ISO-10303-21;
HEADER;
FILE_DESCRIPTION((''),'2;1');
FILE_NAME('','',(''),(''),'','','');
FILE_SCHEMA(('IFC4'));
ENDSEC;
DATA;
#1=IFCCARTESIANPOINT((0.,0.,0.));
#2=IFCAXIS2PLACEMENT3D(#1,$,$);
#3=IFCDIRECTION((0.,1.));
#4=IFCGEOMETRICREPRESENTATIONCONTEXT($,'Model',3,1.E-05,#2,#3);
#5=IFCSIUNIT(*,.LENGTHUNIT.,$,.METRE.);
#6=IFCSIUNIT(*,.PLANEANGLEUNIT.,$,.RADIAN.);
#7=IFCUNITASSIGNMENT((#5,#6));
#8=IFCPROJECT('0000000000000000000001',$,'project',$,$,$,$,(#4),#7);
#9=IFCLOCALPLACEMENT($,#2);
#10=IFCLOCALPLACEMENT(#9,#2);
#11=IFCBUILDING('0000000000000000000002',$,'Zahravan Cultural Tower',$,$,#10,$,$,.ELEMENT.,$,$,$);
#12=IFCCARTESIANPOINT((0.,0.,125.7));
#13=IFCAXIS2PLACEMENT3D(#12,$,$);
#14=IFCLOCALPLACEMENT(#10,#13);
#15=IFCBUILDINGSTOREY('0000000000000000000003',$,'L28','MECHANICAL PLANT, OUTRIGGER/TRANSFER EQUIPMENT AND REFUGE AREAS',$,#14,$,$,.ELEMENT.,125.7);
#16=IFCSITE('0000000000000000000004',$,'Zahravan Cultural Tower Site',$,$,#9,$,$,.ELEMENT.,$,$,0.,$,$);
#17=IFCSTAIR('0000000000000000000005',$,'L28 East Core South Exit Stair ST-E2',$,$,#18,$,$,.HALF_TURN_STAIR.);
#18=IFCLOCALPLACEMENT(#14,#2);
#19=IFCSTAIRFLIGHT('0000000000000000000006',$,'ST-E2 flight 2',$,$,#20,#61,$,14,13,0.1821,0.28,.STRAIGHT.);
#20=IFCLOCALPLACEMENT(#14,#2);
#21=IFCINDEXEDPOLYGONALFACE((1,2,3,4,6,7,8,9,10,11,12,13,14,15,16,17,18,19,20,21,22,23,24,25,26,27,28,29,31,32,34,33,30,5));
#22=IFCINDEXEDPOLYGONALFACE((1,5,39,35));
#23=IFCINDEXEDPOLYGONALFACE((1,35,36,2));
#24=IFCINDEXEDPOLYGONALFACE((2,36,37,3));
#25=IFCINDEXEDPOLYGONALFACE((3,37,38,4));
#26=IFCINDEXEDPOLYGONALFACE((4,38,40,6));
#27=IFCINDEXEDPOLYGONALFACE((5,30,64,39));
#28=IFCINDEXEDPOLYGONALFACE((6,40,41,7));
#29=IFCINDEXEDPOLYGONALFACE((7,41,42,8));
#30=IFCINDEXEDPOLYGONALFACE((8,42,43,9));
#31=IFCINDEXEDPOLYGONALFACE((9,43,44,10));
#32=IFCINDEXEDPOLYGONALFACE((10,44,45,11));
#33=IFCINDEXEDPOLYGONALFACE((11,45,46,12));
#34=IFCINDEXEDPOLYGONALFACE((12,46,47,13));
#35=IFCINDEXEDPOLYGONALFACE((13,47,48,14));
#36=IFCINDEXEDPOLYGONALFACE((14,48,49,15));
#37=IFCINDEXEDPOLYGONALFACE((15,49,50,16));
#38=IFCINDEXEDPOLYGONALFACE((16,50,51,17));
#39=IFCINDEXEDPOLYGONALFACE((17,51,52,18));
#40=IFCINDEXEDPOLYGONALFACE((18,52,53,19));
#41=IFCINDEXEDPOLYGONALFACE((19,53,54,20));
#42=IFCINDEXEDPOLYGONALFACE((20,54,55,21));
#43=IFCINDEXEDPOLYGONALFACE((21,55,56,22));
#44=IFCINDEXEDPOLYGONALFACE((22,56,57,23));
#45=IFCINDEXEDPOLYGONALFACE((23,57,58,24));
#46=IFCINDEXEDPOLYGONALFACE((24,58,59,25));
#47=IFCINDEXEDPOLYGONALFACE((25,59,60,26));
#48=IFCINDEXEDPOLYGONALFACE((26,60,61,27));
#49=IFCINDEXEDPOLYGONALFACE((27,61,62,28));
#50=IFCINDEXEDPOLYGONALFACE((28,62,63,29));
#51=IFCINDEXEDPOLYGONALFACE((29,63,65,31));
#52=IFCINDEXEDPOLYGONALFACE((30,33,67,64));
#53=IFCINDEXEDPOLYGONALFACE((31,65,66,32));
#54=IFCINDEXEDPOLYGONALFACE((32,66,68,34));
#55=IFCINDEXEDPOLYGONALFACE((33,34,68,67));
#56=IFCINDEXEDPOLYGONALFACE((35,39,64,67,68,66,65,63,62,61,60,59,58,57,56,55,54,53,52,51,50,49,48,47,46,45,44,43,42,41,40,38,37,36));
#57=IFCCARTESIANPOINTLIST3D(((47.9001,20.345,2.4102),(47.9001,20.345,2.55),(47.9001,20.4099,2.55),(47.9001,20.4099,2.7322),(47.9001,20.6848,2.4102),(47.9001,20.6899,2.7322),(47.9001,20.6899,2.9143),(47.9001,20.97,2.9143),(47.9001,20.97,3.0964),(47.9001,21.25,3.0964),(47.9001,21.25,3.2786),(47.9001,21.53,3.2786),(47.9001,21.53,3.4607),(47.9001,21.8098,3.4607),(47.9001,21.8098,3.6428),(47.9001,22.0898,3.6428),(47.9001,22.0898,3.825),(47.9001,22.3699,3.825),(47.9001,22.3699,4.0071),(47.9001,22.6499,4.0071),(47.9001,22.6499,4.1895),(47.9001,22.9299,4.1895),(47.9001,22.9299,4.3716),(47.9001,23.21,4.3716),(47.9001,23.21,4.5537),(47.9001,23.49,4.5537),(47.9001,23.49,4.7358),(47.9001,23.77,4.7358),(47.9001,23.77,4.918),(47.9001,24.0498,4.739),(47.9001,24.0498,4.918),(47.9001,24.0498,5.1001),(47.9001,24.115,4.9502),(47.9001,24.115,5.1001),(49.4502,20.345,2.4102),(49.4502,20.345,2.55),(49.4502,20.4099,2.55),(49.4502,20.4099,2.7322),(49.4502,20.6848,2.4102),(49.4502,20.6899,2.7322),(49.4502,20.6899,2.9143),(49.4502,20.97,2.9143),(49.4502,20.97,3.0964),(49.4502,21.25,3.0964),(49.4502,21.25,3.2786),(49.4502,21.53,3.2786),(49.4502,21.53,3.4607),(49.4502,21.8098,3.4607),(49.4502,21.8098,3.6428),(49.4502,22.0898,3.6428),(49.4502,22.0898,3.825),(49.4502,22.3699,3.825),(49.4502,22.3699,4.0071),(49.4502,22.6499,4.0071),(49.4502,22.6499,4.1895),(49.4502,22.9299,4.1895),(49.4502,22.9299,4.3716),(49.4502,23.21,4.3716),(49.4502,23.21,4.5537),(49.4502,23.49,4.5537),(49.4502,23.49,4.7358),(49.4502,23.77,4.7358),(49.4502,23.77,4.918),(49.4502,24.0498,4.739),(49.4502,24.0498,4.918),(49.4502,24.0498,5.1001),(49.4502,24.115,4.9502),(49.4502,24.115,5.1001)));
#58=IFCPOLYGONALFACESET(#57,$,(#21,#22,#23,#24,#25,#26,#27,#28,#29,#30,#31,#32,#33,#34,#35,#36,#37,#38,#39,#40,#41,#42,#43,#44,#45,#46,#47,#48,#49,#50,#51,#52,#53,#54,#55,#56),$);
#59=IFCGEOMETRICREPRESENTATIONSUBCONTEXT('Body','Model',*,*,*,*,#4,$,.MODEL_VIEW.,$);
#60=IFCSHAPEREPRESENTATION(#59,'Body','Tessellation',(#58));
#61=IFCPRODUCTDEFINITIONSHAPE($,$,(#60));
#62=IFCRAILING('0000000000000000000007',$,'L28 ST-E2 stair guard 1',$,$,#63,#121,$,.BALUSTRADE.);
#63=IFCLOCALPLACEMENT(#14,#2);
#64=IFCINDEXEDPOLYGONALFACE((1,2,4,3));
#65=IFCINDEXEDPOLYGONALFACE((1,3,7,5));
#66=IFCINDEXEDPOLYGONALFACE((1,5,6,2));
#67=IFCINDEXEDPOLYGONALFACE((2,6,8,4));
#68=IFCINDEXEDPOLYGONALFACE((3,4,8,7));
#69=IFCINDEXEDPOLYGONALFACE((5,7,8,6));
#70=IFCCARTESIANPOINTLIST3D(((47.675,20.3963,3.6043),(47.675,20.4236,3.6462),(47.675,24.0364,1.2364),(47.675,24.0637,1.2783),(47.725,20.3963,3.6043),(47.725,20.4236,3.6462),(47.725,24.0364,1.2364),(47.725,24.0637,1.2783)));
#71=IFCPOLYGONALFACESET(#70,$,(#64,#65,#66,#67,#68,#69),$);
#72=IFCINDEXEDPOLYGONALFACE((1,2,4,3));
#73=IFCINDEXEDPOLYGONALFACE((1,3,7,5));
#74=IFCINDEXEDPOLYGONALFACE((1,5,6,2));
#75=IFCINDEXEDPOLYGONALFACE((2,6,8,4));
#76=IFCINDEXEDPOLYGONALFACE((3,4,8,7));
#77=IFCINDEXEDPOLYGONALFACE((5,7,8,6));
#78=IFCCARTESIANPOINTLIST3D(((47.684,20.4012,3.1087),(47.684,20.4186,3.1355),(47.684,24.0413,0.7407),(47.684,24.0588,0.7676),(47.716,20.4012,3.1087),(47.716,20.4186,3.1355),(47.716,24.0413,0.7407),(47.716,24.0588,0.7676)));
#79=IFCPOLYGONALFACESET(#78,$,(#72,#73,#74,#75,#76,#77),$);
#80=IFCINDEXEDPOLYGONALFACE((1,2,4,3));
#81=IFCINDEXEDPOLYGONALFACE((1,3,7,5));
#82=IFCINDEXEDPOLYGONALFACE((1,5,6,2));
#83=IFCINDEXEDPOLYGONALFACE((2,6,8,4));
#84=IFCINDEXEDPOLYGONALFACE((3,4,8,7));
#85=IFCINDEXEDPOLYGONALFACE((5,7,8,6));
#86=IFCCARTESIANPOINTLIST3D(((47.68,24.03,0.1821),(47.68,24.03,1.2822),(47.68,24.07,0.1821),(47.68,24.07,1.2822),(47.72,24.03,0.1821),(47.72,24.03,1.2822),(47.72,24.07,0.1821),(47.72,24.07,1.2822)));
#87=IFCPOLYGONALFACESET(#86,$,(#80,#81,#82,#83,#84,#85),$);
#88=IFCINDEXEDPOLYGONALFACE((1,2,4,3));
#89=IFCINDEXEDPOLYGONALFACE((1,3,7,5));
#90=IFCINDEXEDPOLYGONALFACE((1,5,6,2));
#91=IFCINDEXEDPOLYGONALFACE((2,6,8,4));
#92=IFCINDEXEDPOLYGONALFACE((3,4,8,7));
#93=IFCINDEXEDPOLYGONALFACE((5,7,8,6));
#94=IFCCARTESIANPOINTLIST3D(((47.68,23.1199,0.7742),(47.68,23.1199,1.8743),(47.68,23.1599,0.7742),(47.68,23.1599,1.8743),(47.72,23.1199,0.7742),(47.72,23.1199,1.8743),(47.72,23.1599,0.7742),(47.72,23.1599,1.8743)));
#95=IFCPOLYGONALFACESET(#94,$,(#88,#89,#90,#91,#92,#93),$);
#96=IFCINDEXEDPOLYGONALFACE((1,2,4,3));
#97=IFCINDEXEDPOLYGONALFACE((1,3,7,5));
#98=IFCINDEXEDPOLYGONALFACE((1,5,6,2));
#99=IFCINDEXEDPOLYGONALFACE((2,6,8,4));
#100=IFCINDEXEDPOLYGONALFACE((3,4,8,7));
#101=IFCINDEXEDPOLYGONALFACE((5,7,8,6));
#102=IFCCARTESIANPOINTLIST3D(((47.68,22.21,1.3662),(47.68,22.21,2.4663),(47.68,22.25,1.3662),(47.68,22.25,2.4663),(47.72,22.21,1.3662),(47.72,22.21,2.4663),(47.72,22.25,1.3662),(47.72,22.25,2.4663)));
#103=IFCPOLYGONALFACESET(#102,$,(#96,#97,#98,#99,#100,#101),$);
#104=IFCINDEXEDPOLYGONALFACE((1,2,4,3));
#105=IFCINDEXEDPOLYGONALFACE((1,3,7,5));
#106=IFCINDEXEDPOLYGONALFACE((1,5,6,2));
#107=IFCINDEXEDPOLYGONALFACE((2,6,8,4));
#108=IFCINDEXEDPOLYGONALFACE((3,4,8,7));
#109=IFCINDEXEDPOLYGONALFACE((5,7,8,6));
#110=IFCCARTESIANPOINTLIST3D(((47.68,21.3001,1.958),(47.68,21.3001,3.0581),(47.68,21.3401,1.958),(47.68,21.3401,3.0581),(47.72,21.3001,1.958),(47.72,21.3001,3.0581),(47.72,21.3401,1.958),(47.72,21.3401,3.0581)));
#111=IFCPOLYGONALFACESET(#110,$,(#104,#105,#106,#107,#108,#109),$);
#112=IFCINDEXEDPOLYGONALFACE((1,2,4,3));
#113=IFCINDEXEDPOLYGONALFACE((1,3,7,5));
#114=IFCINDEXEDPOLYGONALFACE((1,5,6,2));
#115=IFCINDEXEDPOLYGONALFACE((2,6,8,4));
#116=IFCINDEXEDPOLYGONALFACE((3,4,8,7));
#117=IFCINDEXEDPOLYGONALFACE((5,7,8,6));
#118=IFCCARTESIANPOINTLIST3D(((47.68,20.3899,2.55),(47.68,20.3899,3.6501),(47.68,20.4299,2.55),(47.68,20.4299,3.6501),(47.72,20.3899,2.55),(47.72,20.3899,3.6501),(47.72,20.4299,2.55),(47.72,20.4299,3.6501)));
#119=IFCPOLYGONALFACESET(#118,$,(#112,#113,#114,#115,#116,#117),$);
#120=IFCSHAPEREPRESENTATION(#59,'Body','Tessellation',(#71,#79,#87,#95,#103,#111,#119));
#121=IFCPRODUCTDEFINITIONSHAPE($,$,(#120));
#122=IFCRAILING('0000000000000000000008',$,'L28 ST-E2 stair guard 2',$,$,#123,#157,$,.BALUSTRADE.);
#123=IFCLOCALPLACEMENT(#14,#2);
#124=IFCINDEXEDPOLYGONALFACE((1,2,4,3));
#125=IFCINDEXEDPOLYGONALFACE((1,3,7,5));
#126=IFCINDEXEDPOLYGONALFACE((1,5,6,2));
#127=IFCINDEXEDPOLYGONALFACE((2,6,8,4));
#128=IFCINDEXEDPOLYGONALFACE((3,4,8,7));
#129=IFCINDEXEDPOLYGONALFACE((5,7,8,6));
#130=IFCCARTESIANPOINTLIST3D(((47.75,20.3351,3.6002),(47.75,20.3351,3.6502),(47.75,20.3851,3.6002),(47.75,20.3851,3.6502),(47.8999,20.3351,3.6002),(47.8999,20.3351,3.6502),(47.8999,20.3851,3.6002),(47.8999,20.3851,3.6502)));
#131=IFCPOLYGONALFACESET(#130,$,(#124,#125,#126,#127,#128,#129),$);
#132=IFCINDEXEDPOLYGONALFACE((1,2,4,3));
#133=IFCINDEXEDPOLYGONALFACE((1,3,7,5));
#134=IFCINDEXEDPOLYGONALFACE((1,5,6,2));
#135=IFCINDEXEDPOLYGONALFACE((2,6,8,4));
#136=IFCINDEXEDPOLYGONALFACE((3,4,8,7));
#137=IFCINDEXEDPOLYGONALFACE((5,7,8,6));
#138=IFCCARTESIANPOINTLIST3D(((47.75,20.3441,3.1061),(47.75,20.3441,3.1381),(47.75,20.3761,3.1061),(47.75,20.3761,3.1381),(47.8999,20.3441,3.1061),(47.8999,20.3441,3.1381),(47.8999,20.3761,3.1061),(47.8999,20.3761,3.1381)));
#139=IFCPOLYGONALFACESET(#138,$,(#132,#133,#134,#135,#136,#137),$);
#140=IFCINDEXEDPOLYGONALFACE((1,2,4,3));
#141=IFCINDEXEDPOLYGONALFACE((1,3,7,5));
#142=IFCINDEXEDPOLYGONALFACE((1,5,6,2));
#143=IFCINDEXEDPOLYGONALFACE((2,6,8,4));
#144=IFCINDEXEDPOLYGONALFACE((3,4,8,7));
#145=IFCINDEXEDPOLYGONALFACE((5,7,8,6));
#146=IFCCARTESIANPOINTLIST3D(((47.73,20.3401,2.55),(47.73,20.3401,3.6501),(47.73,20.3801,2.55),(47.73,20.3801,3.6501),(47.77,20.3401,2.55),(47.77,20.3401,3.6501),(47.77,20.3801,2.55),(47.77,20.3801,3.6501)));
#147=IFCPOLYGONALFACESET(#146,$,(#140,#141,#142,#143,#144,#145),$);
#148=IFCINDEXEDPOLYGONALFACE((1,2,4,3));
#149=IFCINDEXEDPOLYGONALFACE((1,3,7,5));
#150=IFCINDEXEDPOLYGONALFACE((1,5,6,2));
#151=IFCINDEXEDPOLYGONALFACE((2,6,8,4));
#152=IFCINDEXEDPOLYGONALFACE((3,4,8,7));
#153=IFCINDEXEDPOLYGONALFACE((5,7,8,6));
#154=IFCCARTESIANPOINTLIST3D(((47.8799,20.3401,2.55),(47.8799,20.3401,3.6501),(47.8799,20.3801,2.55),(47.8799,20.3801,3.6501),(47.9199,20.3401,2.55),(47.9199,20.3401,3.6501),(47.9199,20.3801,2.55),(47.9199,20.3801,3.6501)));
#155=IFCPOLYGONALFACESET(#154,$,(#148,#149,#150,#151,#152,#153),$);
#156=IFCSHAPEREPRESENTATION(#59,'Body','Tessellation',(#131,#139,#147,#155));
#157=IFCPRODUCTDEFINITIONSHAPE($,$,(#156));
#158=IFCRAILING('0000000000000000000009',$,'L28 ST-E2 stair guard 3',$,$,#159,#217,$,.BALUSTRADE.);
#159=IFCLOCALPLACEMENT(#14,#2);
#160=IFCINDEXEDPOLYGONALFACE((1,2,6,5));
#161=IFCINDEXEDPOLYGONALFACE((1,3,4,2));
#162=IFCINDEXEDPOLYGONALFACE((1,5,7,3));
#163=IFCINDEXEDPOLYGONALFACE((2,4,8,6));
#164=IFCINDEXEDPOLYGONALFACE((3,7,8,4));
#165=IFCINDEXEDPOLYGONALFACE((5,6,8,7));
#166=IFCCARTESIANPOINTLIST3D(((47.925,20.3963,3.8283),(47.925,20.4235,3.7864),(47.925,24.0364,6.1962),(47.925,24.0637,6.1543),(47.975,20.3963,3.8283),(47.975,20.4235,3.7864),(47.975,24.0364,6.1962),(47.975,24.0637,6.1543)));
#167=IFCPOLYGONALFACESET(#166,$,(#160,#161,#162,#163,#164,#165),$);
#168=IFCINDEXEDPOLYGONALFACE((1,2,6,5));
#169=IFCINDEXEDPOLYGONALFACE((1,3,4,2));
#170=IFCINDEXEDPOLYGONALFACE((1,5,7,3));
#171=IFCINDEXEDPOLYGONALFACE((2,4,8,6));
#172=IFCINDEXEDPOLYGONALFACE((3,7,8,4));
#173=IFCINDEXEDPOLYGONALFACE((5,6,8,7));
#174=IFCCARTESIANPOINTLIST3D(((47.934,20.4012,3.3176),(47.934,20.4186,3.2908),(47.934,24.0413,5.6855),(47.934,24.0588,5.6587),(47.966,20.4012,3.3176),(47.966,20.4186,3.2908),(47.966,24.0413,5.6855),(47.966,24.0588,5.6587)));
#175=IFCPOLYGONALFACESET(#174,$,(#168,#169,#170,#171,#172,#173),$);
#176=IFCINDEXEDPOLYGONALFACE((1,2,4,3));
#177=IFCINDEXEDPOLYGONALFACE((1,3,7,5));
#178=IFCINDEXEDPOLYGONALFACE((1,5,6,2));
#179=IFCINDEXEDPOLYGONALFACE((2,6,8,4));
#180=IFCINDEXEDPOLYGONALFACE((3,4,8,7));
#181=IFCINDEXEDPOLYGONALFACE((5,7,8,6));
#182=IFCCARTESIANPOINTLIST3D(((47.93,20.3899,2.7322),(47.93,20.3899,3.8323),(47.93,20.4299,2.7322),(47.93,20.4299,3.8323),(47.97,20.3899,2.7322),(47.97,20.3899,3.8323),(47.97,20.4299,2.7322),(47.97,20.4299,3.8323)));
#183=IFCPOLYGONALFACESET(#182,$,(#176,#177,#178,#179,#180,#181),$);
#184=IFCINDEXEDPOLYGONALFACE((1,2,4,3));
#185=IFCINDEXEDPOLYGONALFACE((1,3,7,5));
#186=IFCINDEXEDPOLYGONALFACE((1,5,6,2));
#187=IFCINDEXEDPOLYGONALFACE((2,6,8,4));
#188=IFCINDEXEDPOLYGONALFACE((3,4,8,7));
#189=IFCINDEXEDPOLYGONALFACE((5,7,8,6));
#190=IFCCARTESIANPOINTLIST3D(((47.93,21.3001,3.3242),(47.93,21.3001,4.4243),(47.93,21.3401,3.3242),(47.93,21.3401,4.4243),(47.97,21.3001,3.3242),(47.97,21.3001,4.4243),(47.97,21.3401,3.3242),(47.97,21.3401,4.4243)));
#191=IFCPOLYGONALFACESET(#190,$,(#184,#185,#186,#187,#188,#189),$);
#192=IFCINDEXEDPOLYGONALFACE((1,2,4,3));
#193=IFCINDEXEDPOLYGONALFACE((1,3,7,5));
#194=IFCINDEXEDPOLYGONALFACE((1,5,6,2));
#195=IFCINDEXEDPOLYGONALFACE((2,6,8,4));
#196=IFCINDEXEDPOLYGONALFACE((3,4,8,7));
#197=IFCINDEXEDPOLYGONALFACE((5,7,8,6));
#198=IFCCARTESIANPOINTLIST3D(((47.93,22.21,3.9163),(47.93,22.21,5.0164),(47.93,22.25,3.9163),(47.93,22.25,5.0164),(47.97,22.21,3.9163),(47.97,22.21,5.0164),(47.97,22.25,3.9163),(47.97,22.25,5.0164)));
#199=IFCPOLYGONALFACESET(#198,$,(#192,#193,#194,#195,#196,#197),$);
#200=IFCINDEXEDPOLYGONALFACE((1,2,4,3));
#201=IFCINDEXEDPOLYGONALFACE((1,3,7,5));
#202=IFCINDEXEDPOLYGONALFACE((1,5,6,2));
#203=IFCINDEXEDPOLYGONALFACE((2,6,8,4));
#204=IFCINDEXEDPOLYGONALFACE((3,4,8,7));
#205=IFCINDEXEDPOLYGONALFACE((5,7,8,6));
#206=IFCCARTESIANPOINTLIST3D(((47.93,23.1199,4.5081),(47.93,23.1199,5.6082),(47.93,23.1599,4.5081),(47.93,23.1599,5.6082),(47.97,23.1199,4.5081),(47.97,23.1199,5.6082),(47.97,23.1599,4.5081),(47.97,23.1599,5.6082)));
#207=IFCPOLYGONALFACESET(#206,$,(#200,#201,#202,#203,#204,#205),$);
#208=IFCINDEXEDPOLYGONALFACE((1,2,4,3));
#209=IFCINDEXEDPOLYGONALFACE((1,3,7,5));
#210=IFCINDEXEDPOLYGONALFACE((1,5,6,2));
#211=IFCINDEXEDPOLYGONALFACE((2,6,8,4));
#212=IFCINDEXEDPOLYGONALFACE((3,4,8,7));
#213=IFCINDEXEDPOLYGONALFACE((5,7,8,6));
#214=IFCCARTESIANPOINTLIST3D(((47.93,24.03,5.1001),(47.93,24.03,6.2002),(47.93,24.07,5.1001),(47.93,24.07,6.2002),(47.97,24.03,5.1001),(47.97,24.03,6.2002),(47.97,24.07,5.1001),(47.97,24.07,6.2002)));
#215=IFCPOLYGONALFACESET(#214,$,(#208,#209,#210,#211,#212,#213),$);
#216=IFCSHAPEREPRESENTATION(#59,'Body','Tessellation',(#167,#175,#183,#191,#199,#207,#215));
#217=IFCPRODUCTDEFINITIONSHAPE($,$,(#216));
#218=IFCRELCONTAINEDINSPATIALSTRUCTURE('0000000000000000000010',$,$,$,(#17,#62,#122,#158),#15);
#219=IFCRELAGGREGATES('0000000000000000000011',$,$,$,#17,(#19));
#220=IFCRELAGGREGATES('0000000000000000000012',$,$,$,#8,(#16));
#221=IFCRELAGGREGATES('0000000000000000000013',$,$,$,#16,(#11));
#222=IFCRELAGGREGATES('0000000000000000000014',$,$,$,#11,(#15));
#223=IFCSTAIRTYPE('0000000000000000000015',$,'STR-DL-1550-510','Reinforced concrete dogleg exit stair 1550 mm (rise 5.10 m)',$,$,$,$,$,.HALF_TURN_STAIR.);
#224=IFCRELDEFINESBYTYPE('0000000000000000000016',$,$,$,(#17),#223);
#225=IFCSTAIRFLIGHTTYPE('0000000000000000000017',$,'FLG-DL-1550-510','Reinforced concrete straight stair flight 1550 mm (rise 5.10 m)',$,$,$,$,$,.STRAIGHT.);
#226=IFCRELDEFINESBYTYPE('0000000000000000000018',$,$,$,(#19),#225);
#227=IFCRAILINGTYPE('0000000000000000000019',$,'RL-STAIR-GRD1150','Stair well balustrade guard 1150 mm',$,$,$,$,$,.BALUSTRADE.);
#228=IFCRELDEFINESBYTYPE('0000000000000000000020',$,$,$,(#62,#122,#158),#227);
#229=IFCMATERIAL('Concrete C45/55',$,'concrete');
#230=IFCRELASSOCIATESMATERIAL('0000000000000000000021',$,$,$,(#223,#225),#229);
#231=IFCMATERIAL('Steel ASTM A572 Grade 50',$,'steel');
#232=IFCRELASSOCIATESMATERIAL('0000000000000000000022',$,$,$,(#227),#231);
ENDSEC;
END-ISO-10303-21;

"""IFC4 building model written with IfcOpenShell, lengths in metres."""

from ifc_helpers import new_model, si_unit, direction, frame, origin, origin_2d, place, context, subcontext, project, spatial, polyline, rectangle, outline, extrude, material, type_object, element, aggregate, save


model = new_model("IFC4")

# Units and contexts
model_context = context("Model", 3, precision=1e-05, world=origin(), true_north=direction((0.0, 1.0)))
body_context = subcontext(model_context, "Body", "Model", "MODEL_VIEW")
ifc_project = project(units=[si_unit("LENGTHUNIT", "METRE"), si_unit("PLANEANGLEUNIT", "RADIAN")], contexts=[model_context])

# Site, building, storey
site_placement = place(None, origin())
site = spatial("IfcSite", under=ifc_project, at=site_placement, Name="Zahravan Cultural Tower Site", CompositionType="ELEMENT", RefElevation=0.0)
building_placement = place(site_placement, origin())
building = spatial("IfcBuilding", under=site, at=building_placement, Name="Zahravan Cultural Tower", CompositionType="ELEMENT")
storey_placement = place(building_placement, frame((0.0, 0.0, 125.7)))
storey = spatial("IfcBuildingStorey", under=building, at=storey_placement, Name="L28", Description="MECHANICAL PLANT, OUTRIGGER/TRANSFER EQUIPMENT AND REFUGE AREAS", CompositionType="ELEMENT", Elevation=125.7)

# Shared definitions
ifc_material_1 = material(Name="Concrete C45/55", Category="concrete")
ifc_material_2 = material(Name="Steel ASTM A572 Grade 50", Category="steel")

# Stair, stair flight
stair_type = type_object("IfcStairType", Name="STR-DL-1550-510", Description="Reinforced concrete dogleg exit stair 1550 mm (rise 5.10 m)", PredefinedType="HALF_TURN_STAIR", material=ifc_material_1)
stair_placement = place(storey_placement, origin())
stair = element("IfcStair", 1, at=stair_placement, inside=storey, type_object=stair_type, Name="L28 East Core South Exit Stair ST-E2", PredefinedType="HALF_TURN_STAIR")
stair_flight_type = type_object("IfcStairFlightType", Name="FLG-DL-1550-510", Description="Reinforced concrete straight stair flight 1550 mm (rise 5.10 m)", PredefinedType="STRAIGHT", material=ifc_material_1)
stair_flight_1_placement = place(storey_placement, frame((48.675, 20.4099, 2.55), z_axis=(0.0, 0.0, 1.0), x_axis=(0.0, 1.0, 0.0)))
stair_flight_1 = element("IfcStairFlight", 2, at=stair_flight_1_placement, type_object=stair_flight_type, Name="ST-E2 flight 2", NumberOfRisers=14, NumberOfTreads=13, PredefinedType="STRAIGHT", RiserHeight=0.1821, TreadLength=0.28, context=body_context, shape_type="SweptSolid", body=[
    extrude(outline(polyline([(-0.0649, -0.1399), (-0.0649, 0.0), (0.0, 0.0), (0.0, 0.1821), (0.28, 0.1821), (0.28, 0.3643), (0.5601, 0.3643), (0.5601, 0.5464), (0.8401, 0.5464), (0.8401, 0.7285), (1.1201, 0.7285), (1.1201, 0.9106), (1.3999, 0.9106), (1.3999, 1.0928), (1.6799, 1.0928), (1.6799, 1.2749), (1.96, 1.2749), (1.96, 1.457), (2.24, 1.457), (2.24, 1.6394), (2.52, 1.6394), (2.52, 1.8215), (2.8, 1.8215), (2.8, 2.0037), (3.0801, 2.0037), (3.0801, 2.1858), (3.3601, 2.1858), (3.3601, 2.3679), (3.6399, 2.3679), (3.6399, 2.55), (3.7051, 2.55), (3.7051, 2.4001), (3.6399, 2.189), (0.2749, -0.1399), (-0.0649, -0.1399)])), frame((0.0, 0.7749, 0.0), z_axis=(0.0, -1.0, 0.0), x_axis=(1.0, 0.0, 0.0)), (0.0, 0.0, 1.0), 1.55),
])
aggregate(stair, [stair_flight_1])

# Railings
railing_type_1 = type_object("IfcRailingType", Name="RL-STAIR-GRD1150", Description="Stair well balustrade guard 1150 mm", PredefinedType="BALUSTRADE", material=ifc_material_2)
railing_1_placement = place(storey_placement, frame((47.7, 24.05, 0.1821)))
element("IfcRailing", 3, at=railing_1_placement, inside=storey, type_object=railing_type_1, Name="L28 ST-E2 stair guard 1", PredefinedType="BALUSTRADE", context=body_context, shape_type="SweptSolid", body=[
    extrude(rectangle(XDim=0.05, YDim=0.05, at=origin_2d()), frame((0.0, 0.0, 1.0752), z_axis=(0.0, -0.838251, 0.545285), x_axis=(1.0, 0.0, 0.0)), (0.0, 0.0, 1.0), 4.3425),
    extrude(rectangle(XDim=0.032, YDim=0.032, at=origin_2d()), frame((0.0, 0.0, 0.572), z_axis=(0.0, -0.838251, 0.545285), x_axis=(1.0, 0.0, 0.0)), (0.0, 0.0, 1.0), 4.3425),
    extrude(rectangle(XDim=0.04, YDim=0.04, at=origin_2d()), origin(), (0.0, 0.0, 1.0), 1.1001),
    extrude(rectangle(XDim=0.04, YDim=0.04, at=origin_2d()), frame((0.0, -0.9102, 0.592)), (0.0, 0.0, 1.0), 1.1001),
    extrude(rectangle(XDim=0.04, YDim=0.04, at=origin_2d()), frame((0.0, -1.8201, 1.1841)), (0.0, 0.0, 1.0), 1.1001),
    extrude(rectangle(XDim=0.04, YDim=0.04, at=origin_2d()), frame((0.0, -2.73, 1.7759)), (0.0, 0.0, 1.0), 1.1001),
    extrude(rectangle(XDim=0.04, YDim=0.04, at=origin_2d()), frame((0.0, -3.6401, 2.3679)), (0.0, 0.0, 1.0), 1.1001),
])
railing_2_placement = place(storey_placement, frame((47.75, 20.3601, 2.55)))
element("IfcRailing", 4, at=railing_2_placement, inside=storey, type_object=railing_type_1, Name="L28 ST-E2 stair guard 2", PredefinedType="BALUSTRADE", context=body_context, shape_type="SweptSolid", body=[
    extrude(rectangle(XDim=0.05, YDim=0.05, at=origin_2d()), frame((0.0, 0.0, 1.0752), z_axis=(1.0, 0.0, 0.0), x_axis=(0.0, 1.0, 0.0)), (0.0, 0.0, 1.0), 0.1499),
    extrude(rectangle(XDim=0.032, YDim=0.032, at=origin_2d()), frame((0.0, 0.0, 0.572), z_axis=(1.0, 0.0, 0.0), x_axis=(0.0, 1.0, 0.0)), (0.0, 0.0, 1.0), 0.1499),
    extrude(rectangle(XDim=0.04, YDim=0.04, at=origin_2d()), origin(), (0.0, 0.0, 1.0), 1.1001),
    extrude(rectangle(XDim=0.04, YDim=0.04, at=origin_2d()), frame((0.1499, 0.0, 0.0)), (0.0, 0.0, 1.0), 1.1001),
])
railing_3_placement = place(storey_placement, frame((47.95, 20.4099, 2.7322)))
element("IfcRailing", 5, at=railing_3_placement, inside=storey, type_object=railing_type_1, Name="L28 ST-E2 stair guard 3", PredefinedType="BALUSTRADE", context=body_context, shape_type="SweptSolid", body=[
    extrude(rectangle(XDim=0.05, YDim=0.05, at=origin_2d()), frame((0.0, 0.0, 1.0752), z_axis=(0.0, 0.838251, 0.545285), x_axis=(-1.0, 0.0, 0.0)), (0.0, 0.0, 1.0), 4.3425),
    extrude(rectangle(XDim=0.032, YDim=0.032, at=origin_2d()), frame((0.0, 0.0, 0.572), z_axis=(0.0, 0.838251, 0.545285), x_axis=(-1.0, 0.0, 0.0)), (0.0, 0.0, 1.0), 4.3425),
    extrude(rectangle(XDim=0.04, YDim=0.04, at=origin_2d()), origin(), (0.0, 0.0, 1.0), 1.1001),
    extrude(rectangle(XDim=0.04, YDim=0.04, at=origin_2d()), frame((0.0, 0.9102, 0.592)), (0.0, 0.0, 1.0), 1.1001),
    extrude(rectangle(XDim=0.04, YDim=0.04, at=origin_2d()), frame((0.0, 1.8201, 1.1841)), (0.0, 0.0, 1.0), 1.1001),
    extrude(rectangle(XDim=0.04, YDim=0.04, at=origin_2d()), frame((0.0, 2.73, 1.7759)), (0.0, 0.0, 1.0), 1.1001),
    extrude(rectangle(XDim=0.04, YDim=0.04, at=origin_2d()), frame((0.0, 3.6401, 2.3679)), (0.0, 0.0, 1.0), 1.1001),
])

save(model, "model.ifc")
